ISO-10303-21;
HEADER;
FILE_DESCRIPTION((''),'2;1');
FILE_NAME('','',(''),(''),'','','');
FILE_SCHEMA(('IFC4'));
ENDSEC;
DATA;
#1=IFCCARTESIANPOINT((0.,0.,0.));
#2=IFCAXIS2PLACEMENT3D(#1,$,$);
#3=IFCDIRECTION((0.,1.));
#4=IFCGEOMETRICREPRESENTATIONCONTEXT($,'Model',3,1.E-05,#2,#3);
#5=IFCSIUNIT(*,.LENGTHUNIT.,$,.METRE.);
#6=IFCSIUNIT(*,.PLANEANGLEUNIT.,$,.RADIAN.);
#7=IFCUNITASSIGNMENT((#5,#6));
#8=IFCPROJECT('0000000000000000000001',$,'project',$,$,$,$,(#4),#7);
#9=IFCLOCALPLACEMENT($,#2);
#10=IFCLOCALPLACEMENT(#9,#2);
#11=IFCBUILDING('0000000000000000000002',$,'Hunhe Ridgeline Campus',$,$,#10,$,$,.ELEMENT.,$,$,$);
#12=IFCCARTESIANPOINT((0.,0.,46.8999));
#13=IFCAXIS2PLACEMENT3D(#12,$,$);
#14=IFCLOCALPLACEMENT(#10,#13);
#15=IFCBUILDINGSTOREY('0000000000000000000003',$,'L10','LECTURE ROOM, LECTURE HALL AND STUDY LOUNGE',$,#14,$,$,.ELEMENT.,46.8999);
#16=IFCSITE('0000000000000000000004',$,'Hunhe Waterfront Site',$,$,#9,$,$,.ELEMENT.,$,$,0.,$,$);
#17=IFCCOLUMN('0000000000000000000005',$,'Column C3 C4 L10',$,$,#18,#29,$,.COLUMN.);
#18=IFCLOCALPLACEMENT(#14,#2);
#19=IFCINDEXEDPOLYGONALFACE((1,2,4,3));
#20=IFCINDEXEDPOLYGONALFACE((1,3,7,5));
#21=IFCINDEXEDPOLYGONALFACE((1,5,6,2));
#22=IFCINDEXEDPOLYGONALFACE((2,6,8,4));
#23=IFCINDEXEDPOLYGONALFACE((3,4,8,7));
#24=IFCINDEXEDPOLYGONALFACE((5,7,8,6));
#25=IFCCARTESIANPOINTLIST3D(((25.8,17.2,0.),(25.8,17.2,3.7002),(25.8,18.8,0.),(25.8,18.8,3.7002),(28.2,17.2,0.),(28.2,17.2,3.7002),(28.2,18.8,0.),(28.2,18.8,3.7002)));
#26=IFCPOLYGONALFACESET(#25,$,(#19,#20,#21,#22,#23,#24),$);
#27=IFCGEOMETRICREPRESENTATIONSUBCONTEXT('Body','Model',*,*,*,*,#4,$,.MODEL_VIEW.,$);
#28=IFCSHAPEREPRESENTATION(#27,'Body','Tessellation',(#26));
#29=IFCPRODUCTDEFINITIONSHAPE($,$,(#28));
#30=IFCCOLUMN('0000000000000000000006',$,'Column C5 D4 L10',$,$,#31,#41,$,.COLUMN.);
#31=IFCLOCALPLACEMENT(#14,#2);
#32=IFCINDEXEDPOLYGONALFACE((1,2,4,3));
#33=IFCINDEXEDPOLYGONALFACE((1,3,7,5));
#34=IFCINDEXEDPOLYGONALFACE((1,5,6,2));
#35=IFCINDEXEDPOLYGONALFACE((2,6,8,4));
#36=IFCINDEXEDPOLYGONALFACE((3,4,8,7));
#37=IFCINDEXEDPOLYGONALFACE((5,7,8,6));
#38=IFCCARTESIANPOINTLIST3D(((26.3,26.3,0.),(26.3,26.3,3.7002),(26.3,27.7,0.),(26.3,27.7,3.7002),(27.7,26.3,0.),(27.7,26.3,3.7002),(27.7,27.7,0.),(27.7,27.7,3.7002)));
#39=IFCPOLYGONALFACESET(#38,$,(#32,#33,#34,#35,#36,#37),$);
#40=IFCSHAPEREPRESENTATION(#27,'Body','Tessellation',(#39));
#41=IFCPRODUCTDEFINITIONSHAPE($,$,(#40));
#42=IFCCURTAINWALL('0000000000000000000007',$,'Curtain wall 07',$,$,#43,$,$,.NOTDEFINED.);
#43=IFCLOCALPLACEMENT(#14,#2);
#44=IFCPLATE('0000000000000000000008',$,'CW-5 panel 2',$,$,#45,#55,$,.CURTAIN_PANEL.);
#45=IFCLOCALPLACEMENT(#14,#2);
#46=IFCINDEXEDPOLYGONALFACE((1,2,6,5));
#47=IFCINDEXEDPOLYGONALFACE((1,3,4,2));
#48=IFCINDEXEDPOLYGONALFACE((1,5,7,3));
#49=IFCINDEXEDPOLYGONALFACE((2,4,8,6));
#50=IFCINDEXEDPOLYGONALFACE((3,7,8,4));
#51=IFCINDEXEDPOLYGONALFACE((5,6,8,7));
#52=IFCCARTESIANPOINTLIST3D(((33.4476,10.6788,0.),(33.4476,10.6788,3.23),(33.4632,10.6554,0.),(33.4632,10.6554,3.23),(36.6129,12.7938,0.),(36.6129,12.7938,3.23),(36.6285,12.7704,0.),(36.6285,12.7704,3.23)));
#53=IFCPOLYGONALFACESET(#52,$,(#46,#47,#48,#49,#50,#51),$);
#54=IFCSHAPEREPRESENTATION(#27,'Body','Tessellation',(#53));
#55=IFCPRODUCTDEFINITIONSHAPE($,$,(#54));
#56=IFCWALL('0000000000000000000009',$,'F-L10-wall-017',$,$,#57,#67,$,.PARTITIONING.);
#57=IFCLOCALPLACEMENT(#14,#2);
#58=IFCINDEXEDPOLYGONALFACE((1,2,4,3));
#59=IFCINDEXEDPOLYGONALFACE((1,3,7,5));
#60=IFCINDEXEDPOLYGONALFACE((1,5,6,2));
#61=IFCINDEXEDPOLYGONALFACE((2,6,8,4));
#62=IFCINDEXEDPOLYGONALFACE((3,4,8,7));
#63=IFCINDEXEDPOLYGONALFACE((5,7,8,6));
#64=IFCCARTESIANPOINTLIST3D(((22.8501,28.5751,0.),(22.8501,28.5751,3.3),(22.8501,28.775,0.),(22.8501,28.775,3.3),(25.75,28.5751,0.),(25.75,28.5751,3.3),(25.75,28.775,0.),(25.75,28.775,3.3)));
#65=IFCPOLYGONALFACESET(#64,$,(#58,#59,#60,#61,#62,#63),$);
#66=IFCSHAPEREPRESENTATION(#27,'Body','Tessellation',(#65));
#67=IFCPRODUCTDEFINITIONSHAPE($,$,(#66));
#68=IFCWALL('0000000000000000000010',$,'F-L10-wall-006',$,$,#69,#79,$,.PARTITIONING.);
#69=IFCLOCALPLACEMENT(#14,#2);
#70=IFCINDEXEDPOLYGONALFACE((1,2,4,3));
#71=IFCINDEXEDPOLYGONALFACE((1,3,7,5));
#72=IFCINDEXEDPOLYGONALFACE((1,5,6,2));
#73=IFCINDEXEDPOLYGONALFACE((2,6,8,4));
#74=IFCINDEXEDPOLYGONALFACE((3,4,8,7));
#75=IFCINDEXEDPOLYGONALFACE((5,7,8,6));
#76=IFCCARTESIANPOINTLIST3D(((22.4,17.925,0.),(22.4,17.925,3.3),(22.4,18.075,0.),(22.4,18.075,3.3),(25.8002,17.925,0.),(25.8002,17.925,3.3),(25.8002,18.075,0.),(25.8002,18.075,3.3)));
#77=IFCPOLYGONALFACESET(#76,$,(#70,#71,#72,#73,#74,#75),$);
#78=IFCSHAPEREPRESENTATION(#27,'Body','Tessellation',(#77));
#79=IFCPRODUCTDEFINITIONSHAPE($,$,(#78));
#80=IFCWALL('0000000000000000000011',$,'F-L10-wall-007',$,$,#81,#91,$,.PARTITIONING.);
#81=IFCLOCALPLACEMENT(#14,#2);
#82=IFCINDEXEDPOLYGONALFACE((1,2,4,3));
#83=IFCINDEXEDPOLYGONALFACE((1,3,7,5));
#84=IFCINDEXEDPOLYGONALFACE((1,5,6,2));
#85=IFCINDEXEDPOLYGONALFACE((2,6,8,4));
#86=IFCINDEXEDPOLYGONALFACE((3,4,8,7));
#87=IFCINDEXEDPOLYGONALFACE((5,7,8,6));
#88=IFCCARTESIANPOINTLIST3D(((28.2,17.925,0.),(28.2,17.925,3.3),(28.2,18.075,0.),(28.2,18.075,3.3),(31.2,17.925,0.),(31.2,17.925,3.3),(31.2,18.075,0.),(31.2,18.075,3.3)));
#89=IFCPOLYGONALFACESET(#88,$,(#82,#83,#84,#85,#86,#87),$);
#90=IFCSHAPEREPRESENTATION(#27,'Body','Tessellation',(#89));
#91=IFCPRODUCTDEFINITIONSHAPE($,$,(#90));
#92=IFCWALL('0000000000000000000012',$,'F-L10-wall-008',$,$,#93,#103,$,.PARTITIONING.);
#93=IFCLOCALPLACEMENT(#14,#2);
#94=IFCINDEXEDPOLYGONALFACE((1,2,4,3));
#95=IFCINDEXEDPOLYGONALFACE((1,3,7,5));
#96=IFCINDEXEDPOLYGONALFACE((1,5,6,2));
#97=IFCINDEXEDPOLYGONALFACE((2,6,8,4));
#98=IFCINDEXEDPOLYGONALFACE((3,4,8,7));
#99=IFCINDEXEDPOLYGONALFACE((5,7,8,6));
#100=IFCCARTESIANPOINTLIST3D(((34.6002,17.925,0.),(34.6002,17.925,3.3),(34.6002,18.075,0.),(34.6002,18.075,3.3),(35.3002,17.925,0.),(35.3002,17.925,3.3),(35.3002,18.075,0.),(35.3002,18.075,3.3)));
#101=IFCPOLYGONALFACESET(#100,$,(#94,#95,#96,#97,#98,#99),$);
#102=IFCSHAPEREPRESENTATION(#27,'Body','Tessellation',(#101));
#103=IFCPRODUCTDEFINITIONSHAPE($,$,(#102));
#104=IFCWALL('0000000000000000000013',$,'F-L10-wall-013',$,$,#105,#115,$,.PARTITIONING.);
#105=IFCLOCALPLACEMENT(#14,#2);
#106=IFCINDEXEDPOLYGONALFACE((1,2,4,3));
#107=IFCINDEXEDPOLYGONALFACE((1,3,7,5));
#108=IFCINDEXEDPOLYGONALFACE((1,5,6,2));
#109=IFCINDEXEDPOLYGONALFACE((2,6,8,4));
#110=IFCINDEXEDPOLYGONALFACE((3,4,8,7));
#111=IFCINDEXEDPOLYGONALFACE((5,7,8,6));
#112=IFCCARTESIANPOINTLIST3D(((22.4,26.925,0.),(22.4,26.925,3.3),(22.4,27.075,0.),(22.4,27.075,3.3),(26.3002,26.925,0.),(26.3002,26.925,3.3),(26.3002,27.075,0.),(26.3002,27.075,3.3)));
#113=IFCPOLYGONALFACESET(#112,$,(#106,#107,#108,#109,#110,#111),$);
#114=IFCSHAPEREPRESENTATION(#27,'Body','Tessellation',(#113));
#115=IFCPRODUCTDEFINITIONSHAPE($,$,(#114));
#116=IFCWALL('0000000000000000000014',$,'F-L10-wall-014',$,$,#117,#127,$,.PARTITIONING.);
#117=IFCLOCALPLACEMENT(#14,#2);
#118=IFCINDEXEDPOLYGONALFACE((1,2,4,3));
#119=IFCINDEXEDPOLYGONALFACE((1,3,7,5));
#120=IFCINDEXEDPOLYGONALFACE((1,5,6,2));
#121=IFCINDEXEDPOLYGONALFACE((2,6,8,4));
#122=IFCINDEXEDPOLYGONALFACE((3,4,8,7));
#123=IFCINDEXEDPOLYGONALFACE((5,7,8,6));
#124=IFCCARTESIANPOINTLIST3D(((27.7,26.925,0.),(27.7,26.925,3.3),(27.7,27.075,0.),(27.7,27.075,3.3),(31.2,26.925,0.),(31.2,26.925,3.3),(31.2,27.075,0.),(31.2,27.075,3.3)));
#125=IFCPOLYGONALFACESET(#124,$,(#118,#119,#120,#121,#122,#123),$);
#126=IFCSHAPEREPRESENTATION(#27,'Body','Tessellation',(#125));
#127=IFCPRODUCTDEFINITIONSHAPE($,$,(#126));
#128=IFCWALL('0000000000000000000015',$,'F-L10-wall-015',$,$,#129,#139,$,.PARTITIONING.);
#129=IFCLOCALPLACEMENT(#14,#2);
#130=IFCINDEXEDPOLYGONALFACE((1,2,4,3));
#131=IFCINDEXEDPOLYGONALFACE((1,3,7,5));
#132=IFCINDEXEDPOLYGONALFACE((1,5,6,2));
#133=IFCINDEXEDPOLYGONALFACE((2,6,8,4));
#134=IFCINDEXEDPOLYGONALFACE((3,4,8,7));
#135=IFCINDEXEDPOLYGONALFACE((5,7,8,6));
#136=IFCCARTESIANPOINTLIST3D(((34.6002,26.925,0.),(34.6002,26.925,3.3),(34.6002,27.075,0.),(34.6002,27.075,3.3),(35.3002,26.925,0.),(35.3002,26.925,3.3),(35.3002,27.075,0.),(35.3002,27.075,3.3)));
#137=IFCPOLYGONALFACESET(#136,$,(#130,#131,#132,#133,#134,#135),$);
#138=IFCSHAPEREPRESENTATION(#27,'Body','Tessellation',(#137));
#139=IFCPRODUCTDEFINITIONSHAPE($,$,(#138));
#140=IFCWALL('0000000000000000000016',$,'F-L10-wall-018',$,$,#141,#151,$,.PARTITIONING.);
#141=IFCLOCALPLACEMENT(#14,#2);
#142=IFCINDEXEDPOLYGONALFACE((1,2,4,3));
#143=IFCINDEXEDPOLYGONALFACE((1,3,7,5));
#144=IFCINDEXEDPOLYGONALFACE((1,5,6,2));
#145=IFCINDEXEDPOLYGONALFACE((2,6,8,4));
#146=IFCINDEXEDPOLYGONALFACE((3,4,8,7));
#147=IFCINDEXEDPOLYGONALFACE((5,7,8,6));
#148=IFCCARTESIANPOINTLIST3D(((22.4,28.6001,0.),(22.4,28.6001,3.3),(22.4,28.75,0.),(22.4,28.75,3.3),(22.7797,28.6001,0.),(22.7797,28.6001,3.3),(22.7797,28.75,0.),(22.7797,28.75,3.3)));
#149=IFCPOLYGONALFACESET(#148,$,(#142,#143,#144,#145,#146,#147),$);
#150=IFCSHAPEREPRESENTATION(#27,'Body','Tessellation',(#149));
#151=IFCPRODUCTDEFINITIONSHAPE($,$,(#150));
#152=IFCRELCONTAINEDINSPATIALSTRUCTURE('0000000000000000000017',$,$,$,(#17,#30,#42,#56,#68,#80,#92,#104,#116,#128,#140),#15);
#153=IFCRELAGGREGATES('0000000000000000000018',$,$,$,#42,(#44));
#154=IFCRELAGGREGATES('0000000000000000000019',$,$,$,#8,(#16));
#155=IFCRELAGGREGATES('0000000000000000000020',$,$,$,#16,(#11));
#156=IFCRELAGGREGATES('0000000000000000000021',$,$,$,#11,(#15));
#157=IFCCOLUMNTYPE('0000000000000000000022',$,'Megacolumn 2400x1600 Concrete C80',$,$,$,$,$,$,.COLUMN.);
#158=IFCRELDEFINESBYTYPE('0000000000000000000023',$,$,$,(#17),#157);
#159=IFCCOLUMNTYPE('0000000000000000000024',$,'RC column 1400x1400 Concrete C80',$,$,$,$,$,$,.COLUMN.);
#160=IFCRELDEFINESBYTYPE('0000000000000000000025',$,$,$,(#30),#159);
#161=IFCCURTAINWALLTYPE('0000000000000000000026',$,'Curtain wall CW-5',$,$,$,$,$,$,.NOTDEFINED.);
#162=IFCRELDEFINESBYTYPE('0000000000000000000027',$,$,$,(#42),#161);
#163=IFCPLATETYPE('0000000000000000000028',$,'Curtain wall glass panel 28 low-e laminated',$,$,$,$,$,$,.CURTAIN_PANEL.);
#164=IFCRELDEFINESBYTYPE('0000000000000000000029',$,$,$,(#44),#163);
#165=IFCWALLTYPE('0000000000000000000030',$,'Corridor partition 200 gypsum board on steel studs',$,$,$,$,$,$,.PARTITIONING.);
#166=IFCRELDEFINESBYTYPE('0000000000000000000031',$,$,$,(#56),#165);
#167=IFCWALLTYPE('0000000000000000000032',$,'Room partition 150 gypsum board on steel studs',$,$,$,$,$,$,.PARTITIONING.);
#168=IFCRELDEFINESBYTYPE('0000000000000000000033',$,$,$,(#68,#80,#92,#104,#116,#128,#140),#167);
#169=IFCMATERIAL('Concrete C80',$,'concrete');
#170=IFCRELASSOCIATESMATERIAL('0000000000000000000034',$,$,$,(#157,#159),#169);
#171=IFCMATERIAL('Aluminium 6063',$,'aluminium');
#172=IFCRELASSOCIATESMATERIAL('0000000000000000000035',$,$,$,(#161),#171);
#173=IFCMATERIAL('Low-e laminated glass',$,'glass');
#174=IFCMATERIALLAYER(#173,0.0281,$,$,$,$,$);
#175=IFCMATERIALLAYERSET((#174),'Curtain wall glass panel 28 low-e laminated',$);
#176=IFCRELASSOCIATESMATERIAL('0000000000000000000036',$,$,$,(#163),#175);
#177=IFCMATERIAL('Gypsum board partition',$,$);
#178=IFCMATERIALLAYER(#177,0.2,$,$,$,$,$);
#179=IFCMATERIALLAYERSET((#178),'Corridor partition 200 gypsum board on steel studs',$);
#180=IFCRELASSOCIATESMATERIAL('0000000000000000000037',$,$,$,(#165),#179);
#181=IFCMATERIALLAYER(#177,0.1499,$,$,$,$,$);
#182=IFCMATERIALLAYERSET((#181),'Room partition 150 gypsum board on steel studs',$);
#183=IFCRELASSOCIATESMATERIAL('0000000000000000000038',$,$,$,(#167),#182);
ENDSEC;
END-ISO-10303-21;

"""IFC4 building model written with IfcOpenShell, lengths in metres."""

from ifc_helpers import new_model, si_unit, direction, frame, frame_2d, origin, origin_2d, place, context, subcontext, project, spatial, rectangle, extrude, material, layer, layer_set, material_profile, profile_set, type_object, element, aggregate, save


model = new_model("IFC4")

# Units and contexts
model_context = context("Model", 3, precision=1e-05, world=origin(), true_north=direction((0.0, 1.0)))
body_context = subcontext(model_context, "Body", "Model", "MODEL_VIEW")
ifc_project = project(units=[si_unit("LENGTHUNIT", "METRE"), si_unit("PLANEANGLEUNIT", "RADIAN")], contexts=[model_context])

# Site, building, storey
site_placement = place(None, origin())
site = spatial("IfcSite", under=ifc_project, at=site_placement, Name="Hunhe Waterfront Site", CompositionType="ELEMENT", RefElevation=0.0)
building_placement = place(site_placement, origin())
building = spatial("IfcBuilding", under=site, at=building_placement, Name="Hunhe Ridgeline Campus", CompositionType="ELEMENT")
storey_placement = place(building_placement, frame((0.0, 0.0, 46.8999)))
storey = spatial("IfcBuildingStorey", under=building, at=storey_placement, Name="L10", Description="LECTURE ROOM, LECTURE HALL AND STUDY LOUNGE", CompositionType="ELEMENT", Elevation=46.8999)

# Columns
ifc_material_1 = material(Name="Concrete C80", Category="concrete")
ifc_material_profile_1 = material_profile(ifc_material_1, rectangle(XDim=2.3999, YDim=1.6001, at=origin_2d()))
ifc_profile_set_1 = profile_set([ifc_material_profile_1], Name="Concrete C80")
column_type_1 = type_object("IfcColumnType", Name="Megacolumn 2400x1600 Concrete C80", PredefinedType="COLUMN", material=ifc_profile_set_1)
column_1_placement = place(storey_placement, frame((27.0, 18.0, 0.0), z_axis=(0.0, 0.0, 1.0), x_axis=(1.0, 0.0, 0.0)))
element("IfcColumn", 1, at=column_1_placement, inside=storey, type_object=column_type_1, Name="Column C3 C4 L10", PredefinedType="COLUMN", context=body_context, shape_type="SweptSolid", body=[
    extrude(rectangle(XDim=2.3999, YDim=1.6001, at=origin_2d()), origin(), (0.0, 0.0, 1.0), 3.7002),
])
ifc_material_profile_2 = material_profile(ifc_material_1, rectangle(XDim=1.3999, YDim=1.3999, at=origin_2d()))
ifc_profile_set_2 = profile_set([ifc_material_profile_2], Name="Concrete C80")
column_type_2 = type_object("IfcColumnType", Name="RC column 1400x1400 Concrete C80", PredefinedType="COLUMN", material=ifc_profile_set_2)
column_2_placement = place(storey_placement, frame((27.0, 27.0, 0.0), z_axis=(0.0, 0.0, 1.0), x_axis=(1.0, 0.0, 0.0)))
element("IfcColumn", 2, at=column_2_placement, inside=storey, type_object=column_type_2, Name="Column C5 D4 L10", PredefinedType="COLUMN", context=body_context, shape_type="SweptSolid", body=[
    extrude(rectangle(XDim=1.3999, YDim=1.3999, at=origin_2d()), origin(), (0.0, 0.0, 1.0), 3.7002),
])

# Curtain wall, plate
ifc_material_2 = material(Name="Aluminium 6063", Category="aluminium")
curtain_wall_type = type_object("IfcCurtainWallType", Name="Curtain wall CW-5", PredefinedType="NOTDEFINED", material=ifc_material_2)
curtain_wall_placement = place(storey_placement, origin())
curtain_wall = element("IfcCurtainWall", 3, at=curtain_wall_placement, inside=storey, type_object=curtain_wall_type, Name="Curtain wall 07", PredefinedType="NOTDEFINED")
ifc_material_3 = material(Name="Low-e laminated glass", Category="glass")
ifc_layer_1 = layer(ifc_material_3, 0.0281)
ifc_layer_set_1 = layer_set([ifc_layer_1], Name="Curtain wall glass panel 28 low-e laminated")
plate_type = type_object("IfcPlateType", Name="Curtain wall glass panel 28 low-e laminated", PredefinedType="CURTAIN_PANEL", material=ifc_layer_set_1)
plate_placement = place(storey_placement, frame((35.0381, 11.7246, 0.0), z_axis=(0.0, 0.0, 1.0), x_axis=(0.83147, 0.55557, 0.0)))
plate = element("IfcPlate", 4, at=plate_placement, type_object=plate_type, Name="CW-5 panel 2", PredefinedType="CURTAIN_PANEL", context=body_context, shape_type="SweptSolid", body=[
    extrude(rectangle(XDim=3.8069, YDim=0.0281, at=origin_2d()), origin(), (0.0, 0.0, 1.0), 3.23),
])
aggregate(curtain_wall, [plate])

# Wall
ifc_material_4 = material(Name="Gypsum board partition")
ifc_layer_2 = layer(ifc_material_4, 0.2)
ifc_layer_set_2 = layer_set([ifc_layer_2], Name="Corridor partition 200 gypsum board on steel studs")
wall_type_1 = type_object("IfcWallType", Name="Corridor partition 200 gypsum board on steel studs", PredefinedType="PARTITIONING", material=ifc_layer_set_2)
wall_1_placement = place(storey_placement, frame((25.75, 28.675, 0.0), z_axis=(0.0, 0.0, 1.0), x_axis=(-1.0, 0.0, 0.0)))
element("IfcWall", 5, at=wall_1_placement, inside=storey, type_object=wall_type_1, Name="F-L10-wall-017", PredefinedType="PARTITIONING", context=body_context, shape_type="SweptSolid", body=[
    extrude(rectangle(XDim=2.8999, YDim=0.2, at=frame_2d((1.45, 0.0))), origin(), (0.0, 0.0, 1.0), 3.3),
])

# Walls
ifc_layer_3 = layer(ifc_material_4, 0.1499)
ifc_layer_set_3 = layer_set([ifc_layer_3], Name="Room partition 150 gypsum board on steel studs")
wall_type_2 = type_object("IfcWallType", Name="Room partition 150 gypsum board on steel studs", PredefinedType="PARTITIONING", material=ifc_layer_set_3)
wall_2_placement = place(storey_placement, frame((22.3999, 18.0, 0.0), z_axis=(0.0, 0.0, 1.0), x_axis=(1.0, 0.0, 0.0)))
element("IfcWall", 6, at=wall_2_placement, inside=storey, type_object=wall_type_2, Name="F-L10-wall-006", PredefinedType="PARTITIONING", context=body_context, shape_type="SweptSolid", body=[
    extrude(rectangle(XDim=3.4001, YDim=0.1499, at=frame_2d((1.7002, 0.0))), origin(), (0.0, 0.0, 1.0), 3.3),
])
wall_3_placement = place(storey_placement, frame((28.2, 18.0, 0.0), z_axis=(0.0, 0.0, 1.0), x_axis=(1.0, 0.0, 0.0)))
element("IfcWall", 7, at=wall_3_placement, inside=storey, type_object=wall_type_2, Name="F-L10-wall-007", PredefinedType="PARTITIONING", context=body_context, shape_type="SweptSolid", body=[
    extrude(rectangle(XDim=3.0, YDim=0.1499, at=frame_2d((1.5, 0.0))), origin(), (0.0, 0.0, 1.0), 3.3),
])
wall_4_placement = place(storey_placement, frame((34.6001, 18.0, 0.0), z_axis=(0.0, 0.0, 1.0), x_axis=(1.0, 0.0, 0.0)))
element("IfcWall", 8, at=wall_4_placement, inside=storey, type_object=wall_type_2, Name="F-L10-wall-008", PredefinedType="PARTITIONING", context=body_context, shape_type="SweptSolid", body=[
    extrude(rectangle(XDim=0.7, YDim=0.1499, at=frame_2d((0.3501, 0.0))), origin(), (0.0, 0.0, 1.0), 3.3),
])
wall_5_placement = place(storey_placement, frame((22.3999, 27.0, 0.0), z_axis=(0.0, 0.0, 1.0), x_axis=(1.0, 0.0, 0.0)))
element("IfcWall", 9, at=wall_5_placement, inside=storey, type_object=wall_type_2, Name="F-L10-wall-013", PredefinedType="PARTITIONING", context=body_context, shape_type="SweptSolid", body=[
    extrude(rectangle(XDim=3.9001, YDim=0.1499, at=frame_2d((1.9502, 0.0))), origin(), (0.0, 0.0, 1.0), 3.3),
])
wall_6_placement = place(storey_placement, frame((27.7, 27.0, 0.0), z_axis=(0.0, 0.0, 1.0), x_axis=(1.0, 0.0, 0.0)))
element("IfcWall", 10, at=wall_6_placement, inside=storey, type_object=wall_type_2, Name="F-L10-wall-014", PredefinedType="PARTITIONING", context=body_context, shape_type="SweptSolid", body=[
    extrude(rectangle(XDim=3.5, YDim=0.1499, at=frame_2d((1.75, 0.0))), origin(), (0.0, 0.0, 1.0), 3.3),
])
wall_7_placement = place(storey_placement, frame((34.6001, 27.0, 0.0), z_axis=(0.0, 0.0, 1.0), x_axis=(1.0, 0.0, 0.0)))
element("IfcWall", 11, at=wall_7_placement, inside=storey, type_object=wall_type_2, Name="F-L10-wall-015", PredefinedType="PARTITIONING", context=body_context, shape_type="SweptSolid", body=[
    extrude(rectangle(XDim=0.7, YDim=0.1499, at=frame_2d((0.3501, 0.0))), origin(), (0.0, 0.0, 1.0), 3.3),
])
wall_8_placement = place(storey_placement, frame((22.3999, 28.675, 0.0), z_axis=(0.0, 0.0, 1.0), x_axis=(1.0, 0.0, 0.0)))
element("IfcWall", 12, at=wall_8_placement, inside=storey, type_object=wall_type_2, Name="F-L10-wall-018", PredefinedType="PARTITIONING", context=body_context, shape_type="SweptSolid", body=[
    extrude(rectangle(XDim=0.3796, YDim=0.1499, at=frame_2d((0.1899, 0.0))), origin(), (0.0, 0.0, 1.0), 3.3),
])

save(model, "model.ifc")
